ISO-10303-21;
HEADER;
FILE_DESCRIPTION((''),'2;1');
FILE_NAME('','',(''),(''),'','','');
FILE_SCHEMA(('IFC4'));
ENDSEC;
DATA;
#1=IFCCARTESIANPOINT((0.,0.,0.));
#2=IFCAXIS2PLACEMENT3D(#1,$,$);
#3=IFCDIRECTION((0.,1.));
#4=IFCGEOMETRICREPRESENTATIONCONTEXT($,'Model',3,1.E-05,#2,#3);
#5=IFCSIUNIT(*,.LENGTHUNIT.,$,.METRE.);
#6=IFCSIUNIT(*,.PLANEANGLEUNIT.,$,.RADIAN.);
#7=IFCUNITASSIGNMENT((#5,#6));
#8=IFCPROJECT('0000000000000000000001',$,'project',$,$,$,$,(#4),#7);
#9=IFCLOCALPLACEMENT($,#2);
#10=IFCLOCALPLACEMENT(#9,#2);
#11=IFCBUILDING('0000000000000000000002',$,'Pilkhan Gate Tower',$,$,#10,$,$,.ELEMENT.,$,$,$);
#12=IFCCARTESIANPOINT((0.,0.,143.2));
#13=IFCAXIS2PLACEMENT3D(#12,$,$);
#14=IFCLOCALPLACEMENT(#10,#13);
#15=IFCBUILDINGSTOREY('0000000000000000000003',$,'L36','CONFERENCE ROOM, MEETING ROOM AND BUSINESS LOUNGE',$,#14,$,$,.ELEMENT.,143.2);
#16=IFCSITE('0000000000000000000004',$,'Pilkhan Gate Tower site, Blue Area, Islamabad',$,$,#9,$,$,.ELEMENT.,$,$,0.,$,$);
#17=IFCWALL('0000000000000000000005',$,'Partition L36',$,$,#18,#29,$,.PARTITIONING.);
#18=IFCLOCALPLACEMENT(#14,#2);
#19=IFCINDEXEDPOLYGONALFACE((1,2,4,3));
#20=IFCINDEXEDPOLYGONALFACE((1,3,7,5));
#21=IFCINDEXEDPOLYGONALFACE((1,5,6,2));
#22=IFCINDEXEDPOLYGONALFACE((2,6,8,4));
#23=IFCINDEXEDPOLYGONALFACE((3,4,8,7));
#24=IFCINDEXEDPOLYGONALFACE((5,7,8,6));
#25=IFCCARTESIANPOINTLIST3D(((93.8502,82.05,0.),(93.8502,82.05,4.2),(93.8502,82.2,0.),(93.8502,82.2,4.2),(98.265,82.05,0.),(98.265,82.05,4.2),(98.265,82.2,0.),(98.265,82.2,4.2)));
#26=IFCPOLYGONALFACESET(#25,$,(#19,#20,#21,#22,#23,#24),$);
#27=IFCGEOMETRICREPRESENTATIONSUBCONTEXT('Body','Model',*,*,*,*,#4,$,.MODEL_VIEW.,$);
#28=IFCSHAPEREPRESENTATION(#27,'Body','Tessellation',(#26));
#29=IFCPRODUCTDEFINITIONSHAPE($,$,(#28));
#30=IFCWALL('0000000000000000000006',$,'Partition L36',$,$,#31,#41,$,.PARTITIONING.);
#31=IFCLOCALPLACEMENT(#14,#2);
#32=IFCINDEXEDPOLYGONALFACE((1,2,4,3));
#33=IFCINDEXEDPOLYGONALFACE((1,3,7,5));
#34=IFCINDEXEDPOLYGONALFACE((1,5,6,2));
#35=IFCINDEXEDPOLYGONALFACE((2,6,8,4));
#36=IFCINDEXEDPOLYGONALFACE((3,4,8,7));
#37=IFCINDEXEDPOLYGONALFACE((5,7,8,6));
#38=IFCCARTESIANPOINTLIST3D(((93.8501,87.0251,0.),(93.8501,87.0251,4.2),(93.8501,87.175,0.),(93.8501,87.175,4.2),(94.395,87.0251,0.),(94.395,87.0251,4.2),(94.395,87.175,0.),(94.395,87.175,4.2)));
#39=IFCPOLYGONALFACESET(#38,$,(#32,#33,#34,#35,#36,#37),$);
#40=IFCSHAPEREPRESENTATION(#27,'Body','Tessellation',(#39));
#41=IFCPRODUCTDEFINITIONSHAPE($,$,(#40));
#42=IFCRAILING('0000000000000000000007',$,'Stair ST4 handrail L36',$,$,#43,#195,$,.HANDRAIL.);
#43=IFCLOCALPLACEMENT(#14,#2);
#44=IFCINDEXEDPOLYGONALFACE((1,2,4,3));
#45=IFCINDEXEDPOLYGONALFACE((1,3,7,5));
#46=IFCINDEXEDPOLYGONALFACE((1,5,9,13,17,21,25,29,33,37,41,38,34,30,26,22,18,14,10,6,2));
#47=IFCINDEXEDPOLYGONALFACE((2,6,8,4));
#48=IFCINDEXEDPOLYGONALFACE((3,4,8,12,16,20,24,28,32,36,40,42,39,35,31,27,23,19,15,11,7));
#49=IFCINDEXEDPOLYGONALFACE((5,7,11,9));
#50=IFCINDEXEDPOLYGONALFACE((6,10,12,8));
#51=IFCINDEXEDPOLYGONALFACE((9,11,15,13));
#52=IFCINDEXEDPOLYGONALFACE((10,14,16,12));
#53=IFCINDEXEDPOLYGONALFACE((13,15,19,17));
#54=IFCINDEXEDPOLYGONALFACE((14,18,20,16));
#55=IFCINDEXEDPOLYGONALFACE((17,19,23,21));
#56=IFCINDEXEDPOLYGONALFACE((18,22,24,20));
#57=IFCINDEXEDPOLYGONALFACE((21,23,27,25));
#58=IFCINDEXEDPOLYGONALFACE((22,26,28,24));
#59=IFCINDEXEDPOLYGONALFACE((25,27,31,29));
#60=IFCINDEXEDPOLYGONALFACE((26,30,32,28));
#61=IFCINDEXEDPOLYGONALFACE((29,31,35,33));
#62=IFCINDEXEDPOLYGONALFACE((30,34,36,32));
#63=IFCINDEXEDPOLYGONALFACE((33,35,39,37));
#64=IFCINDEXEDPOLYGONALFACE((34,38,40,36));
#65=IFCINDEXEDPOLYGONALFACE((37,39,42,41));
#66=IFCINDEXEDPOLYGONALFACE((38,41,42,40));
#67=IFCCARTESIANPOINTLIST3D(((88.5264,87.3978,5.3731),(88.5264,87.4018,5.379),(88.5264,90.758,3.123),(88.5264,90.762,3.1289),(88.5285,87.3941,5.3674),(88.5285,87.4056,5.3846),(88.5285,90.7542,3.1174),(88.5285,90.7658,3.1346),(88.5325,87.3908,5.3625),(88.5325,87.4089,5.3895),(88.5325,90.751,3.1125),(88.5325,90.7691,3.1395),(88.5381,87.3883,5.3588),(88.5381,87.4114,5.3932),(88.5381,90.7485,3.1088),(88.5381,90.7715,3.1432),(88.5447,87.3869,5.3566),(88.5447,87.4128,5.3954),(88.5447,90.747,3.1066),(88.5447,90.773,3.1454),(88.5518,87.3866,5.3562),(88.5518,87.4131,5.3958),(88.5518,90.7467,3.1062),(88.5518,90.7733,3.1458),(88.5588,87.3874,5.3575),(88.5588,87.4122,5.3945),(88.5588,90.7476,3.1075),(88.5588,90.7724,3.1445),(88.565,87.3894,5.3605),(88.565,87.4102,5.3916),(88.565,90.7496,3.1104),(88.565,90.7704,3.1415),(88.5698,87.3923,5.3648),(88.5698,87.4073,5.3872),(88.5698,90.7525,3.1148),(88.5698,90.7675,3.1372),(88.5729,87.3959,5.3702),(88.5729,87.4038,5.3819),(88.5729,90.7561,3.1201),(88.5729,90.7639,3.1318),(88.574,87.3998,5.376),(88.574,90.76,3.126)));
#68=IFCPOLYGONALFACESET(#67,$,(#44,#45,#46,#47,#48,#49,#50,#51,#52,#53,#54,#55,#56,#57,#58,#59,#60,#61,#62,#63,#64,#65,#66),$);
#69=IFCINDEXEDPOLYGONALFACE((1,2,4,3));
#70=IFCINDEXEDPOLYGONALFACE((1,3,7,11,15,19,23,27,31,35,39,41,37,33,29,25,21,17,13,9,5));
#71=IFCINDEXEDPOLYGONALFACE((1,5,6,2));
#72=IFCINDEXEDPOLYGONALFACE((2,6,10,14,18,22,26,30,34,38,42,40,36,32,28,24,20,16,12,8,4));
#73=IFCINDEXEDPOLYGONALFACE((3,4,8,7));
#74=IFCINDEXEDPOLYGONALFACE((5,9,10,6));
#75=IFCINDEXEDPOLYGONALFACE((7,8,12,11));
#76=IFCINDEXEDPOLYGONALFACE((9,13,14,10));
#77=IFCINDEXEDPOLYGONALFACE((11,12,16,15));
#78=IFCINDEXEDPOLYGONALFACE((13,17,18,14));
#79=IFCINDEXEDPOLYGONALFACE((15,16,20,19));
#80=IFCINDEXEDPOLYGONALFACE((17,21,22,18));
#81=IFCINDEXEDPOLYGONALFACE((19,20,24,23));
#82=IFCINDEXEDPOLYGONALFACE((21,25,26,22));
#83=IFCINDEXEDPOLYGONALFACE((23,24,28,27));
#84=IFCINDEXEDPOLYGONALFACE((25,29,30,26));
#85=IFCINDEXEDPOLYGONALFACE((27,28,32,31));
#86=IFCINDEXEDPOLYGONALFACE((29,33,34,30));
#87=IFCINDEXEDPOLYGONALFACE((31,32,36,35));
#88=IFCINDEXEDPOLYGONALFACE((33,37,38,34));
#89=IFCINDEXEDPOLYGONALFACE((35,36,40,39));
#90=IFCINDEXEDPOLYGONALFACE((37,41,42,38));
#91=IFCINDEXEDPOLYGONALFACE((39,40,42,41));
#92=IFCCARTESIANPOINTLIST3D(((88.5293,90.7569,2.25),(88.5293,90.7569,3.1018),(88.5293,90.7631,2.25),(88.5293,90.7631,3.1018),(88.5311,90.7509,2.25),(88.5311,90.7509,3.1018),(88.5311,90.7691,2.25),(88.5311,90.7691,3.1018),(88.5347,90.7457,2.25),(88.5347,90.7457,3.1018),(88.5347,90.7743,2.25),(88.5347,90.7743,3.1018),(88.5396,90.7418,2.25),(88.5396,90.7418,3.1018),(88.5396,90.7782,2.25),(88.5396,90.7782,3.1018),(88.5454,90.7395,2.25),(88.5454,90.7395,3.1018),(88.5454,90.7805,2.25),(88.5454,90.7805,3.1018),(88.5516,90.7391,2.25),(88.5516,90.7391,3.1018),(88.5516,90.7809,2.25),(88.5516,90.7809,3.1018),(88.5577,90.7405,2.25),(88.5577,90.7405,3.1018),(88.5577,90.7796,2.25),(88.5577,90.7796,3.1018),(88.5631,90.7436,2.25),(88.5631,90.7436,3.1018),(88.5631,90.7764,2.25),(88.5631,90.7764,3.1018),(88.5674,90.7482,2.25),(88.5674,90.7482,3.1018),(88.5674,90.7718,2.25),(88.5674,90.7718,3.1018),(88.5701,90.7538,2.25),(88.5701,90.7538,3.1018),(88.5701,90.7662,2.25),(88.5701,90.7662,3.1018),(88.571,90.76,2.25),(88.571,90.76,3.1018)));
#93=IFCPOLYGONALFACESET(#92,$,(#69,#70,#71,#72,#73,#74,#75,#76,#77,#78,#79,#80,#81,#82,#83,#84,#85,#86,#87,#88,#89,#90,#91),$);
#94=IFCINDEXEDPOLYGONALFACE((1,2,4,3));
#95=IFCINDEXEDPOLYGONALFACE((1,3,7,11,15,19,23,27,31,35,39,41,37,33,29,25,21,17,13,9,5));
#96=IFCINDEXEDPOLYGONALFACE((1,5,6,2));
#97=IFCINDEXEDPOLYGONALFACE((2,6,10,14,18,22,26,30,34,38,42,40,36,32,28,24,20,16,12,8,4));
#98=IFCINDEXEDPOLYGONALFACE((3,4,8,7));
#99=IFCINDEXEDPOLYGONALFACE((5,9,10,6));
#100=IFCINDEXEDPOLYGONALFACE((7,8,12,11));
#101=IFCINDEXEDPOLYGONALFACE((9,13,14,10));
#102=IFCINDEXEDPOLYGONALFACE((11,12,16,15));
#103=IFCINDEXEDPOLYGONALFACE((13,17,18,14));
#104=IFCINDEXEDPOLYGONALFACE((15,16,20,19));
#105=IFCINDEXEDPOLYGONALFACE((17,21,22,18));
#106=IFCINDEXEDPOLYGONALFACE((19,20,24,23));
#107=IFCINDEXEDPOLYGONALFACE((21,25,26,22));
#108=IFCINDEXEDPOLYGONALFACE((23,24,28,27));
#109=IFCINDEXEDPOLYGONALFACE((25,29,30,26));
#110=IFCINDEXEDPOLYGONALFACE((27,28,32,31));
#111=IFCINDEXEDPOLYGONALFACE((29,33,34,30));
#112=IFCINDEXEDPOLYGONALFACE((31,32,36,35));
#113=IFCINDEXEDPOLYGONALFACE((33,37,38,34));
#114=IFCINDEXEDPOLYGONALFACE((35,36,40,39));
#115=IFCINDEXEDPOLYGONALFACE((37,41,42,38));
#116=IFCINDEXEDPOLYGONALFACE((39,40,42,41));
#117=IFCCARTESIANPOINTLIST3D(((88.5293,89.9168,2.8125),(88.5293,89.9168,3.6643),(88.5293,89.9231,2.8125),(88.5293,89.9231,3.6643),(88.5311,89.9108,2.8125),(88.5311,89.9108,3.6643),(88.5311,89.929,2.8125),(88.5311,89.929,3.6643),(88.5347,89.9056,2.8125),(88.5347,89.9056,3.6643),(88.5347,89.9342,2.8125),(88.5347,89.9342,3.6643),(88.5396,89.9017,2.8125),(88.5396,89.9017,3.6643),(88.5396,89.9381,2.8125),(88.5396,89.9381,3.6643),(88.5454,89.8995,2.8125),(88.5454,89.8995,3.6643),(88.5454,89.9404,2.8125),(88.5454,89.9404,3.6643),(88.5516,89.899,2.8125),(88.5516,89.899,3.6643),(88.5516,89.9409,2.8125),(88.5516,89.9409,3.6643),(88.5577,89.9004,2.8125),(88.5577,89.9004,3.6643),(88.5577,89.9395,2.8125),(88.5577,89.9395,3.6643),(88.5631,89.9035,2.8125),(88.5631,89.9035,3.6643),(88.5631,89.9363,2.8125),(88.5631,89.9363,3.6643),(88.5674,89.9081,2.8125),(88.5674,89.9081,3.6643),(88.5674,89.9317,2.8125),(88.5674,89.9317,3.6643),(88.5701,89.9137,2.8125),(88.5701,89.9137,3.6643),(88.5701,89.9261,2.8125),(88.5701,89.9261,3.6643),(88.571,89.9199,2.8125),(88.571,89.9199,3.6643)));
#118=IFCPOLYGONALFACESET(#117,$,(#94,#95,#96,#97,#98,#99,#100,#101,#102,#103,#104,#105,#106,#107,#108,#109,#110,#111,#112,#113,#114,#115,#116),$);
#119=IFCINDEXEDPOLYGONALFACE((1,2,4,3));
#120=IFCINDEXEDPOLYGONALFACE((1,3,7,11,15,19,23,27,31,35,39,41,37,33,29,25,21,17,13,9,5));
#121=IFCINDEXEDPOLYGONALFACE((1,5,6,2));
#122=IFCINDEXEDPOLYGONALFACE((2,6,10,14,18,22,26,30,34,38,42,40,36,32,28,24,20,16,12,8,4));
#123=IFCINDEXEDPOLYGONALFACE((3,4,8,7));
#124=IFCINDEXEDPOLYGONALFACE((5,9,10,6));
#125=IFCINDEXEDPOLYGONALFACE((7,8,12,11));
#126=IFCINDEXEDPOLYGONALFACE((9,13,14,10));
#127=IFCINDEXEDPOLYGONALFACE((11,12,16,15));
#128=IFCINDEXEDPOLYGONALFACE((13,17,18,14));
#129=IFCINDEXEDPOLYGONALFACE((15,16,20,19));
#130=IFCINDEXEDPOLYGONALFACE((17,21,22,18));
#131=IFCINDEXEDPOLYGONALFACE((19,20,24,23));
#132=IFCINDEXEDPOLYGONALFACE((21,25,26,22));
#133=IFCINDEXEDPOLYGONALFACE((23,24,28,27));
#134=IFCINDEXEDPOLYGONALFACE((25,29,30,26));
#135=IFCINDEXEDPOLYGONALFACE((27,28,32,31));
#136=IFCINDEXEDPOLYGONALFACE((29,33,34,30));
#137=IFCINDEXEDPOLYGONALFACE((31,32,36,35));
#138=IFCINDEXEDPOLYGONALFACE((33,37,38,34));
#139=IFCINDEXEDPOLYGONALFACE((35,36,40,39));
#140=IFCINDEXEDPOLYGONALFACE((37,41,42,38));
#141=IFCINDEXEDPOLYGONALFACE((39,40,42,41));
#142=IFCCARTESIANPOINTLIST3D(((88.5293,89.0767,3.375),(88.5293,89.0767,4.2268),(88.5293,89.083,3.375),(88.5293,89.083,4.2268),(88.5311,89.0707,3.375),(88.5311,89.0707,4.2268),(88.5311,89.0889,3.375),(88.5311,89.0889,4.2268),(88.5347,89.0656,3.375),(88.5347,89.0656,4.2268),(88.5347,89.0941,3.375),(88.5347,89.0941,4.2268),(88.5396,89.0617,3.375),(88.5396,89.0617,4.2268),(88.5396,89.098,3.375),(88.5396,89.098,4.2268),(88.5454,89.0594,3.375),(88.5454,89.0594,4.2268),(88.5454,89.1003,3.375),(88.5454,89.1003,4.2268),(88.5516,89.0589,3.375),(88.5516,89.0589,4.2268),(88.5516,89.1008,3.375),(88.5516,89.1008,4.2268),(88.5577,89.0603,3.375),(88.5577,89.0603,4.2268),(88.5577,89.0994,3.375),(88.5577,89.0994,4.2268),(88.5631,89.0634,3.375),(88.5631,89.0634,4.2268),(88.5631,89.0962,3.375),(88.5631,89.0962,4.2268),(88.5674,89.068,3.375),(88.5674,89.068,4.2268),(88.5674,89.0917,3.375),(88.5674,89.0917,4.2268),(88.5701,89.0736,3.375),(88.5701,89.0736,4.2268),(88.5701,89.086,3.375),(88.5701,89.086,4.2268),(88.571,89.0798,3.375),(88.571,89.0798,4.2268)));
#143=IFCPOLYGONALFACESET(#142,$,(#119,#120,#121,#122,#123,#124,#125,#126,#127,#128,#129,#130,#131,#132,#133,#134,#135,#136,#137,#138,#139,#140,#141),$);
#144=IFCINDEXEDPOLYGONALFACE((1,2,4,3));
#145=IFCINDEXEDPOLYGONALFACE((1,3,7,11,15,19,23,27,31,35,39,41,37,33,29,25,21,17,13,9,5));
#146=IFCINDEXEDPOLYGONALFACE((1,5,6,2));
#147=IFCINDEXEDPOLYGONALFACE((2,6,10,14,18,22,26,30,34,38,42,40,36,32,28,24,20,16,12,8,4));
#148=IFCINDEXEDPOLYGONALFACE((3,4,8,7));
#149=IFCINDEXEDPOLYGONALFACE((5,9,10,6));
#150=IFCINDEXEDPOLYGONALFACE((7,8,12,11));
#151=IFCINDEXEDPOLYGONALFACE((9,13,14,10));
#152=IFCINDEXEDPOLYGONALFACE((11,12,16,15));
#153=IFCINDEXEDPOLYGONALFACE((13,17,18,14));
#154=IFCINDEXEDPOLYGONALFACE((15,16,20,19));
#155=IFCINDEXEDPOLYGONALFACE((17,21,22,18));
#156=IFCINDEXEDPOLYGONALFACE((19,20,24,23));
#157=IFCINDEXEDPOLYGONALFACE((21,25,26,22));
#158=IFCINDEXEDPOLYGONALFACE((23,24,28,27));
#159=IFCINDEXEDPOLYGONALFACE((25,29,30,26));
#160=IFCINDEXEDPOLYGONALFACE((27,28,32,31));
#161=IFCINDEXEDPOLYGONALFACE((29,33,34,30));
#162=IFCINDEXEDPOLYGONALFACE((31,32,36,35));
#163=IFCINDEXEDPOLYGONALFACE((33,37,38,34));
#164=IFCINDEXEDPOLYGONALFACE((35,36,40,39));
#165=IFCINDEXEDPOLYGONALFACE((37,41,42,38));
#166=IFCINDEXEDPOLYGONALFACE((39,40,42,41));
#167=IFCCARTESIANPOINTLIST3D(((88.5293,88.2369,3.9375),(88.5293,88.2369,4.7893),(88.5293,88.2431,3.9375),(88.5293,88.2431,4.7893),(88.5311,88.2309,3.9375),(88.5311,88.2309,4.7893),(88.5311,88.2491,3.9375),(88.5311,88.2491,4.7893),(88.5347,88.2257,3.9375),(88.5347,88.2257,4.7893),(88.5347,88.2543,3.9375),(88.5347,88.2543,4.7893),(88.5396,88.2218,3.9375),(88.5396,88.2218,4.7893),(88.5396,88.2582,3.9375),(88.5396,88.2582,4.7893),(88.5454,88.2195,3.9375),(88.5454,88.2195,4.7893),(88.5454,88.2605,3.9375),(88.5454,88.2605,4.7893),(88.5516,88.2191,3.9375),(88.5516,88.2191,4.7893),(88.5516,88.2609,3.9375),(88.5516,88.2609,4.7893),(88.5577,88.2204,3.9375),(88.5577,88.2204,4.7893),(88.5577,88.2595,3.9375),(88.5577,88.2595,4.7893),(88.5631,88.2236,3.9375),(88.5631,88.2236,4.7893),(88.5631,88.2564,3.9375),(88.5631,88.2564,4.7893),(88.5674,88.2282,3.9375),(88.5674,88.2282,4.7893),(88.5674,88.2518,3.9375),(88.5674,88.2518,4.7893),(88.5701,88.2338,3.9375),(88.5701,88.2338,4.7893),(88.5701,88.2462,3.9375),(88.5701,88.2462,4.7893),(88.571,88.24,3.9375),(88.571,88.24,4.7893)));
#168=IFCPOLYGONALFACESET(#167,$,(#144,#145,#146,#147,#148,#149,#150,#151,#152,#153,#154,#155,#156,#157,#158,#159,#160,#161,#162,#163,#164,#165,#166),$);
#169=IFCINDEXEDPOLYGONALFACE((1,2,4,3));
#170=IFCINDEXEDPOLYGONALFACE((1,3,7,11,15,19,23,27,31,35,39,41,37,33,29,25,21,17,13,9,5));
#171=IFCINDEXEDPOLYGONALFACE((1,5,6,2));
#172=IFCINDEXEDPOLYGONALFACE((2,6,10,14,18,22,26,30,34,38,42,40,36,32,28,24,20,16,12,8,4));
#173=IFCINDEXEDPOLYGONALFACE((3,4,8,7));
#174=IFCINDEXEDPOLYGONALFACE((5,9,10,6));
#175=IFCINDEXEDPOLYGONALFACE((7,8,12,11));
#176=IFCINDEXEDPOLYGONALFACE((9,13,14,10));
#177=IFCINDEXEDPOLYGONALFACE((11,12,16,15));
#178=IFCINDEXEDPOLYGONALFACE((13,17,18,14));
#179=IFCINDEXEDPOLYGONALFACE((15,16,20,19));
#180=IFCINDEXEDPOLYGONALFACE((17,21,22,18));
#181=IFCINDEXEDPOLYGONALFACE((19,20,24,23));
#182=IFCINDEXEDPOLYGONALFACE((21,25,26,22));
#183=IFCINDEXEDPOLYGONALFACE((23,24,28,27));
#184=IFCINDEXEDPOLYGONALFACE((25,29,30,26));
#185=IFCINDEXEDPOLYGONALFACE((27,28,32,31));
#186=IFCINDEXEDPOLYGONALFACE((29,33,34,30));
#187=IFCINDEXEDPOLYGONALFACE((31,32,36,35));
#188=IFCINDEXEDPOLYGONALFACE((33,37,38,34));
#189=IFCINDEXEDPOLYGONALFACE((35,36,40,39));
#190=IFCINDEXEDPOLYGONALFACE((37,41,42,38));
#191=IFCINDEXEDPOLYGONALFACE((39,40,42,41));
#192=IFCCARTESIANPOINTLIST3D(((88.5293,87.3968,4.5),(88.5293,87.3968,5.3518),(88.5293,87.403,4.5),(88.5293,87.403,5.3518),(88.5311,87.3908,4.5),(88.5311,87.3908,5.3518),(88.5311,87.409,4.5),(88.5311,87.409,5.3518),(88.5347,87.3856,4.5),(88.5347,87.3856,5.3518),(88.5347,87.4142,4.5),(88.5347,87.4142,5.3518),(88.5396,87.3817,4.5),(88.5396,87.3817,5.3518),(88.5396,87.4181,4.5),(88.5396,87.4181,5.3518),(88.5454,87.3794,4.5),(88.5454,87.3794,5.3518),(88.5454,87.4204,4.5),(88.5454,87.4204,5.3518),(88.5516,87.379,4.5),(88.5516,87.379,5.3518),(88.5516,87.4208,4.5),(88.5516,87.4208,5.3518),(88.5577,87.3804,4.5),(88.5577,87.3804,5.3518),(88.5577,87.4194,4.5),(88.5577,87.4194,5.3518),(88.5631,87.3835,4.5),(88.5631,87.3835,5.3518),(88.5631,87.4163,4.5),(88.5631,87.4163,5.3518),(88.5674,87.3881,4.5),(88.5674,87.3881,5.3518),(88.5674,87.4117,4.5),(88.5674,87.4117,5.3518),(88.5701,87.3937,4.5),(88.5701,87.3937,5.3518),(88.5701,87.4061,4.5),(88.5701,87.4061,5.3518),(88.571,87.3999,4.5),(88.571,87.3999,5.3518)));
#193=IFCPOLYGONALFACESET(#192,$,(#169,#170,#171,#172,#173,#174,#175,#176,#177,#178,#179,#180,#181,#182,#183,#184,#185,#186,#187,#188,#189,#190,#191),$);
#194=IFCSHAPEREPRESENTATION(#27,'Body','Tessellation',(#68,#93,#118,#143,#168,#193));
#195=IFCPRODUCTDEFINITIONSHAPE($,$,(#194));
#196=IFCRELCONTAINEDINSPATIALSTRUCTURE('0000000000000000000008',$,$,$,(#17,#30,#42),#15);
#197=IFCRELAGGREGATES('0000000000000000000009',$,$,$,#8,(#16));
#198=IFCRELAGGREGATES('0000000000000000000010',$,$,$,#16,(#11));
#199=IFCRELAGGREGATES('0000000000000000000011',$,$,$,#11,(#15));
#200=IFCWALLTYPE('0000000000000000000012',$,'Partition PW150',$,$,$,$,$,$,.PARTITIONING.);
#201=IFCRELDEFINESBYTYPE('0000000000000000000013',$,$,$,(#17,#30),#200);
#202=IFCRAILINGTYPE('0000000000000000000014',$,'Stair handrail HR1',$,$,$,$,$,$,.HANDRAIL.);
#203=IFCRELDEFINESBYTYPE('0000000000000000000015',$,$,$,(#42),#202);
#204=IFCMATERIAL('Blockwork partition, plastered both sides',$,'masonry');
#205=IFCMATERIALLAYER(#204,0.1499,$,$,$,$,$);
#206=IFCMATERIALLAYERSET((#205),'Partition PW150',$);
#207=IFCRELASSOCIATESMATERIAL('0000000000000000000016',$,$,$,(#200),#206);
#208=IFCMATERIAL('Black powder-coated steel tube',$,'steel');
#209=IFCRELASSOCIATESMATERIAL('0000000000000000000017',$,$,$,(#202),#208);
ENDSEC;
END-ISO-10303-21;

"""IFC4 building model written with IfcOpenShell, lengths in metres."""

from ifc_helpers import new_model, si_unit, direction, frame, frame_2d, origin, origin_2d, place, context, subcontext, project, spatial, rectangle, circle, extrude, material, layer, layer_set, type_object, element, save


model = new_model("IFC4")

# Units and contexts
model_context = context("Model", 3, precision=1e-05, world=origin(), true_north=direction((0.0, 1.0)))
body_context = subcontext(model_context, "Body", "Model", "MODEL_VIEW")
ifc_project = project(units=[si_unit("LENGTHUNIT", "METRE"), si_unit("PLANEANGLEUNIT", "RADIAN")], contexts=[model_context])

# Site, building, storey
site_placement = place(None, origin())
site = spatial("IfcSite", under=ifc_project, at=site_placement, Name="Pilkhan Gate Tower site, Blue Area, Islamabad", CompositionType="ELEMENT", RefElevation=0.0)
building_placement = place(site_placement, origin())
building = spatial("IfcBuilding", under=site, at=building_placement, Name="Pilkhan Gate Tower", CompositionType="ELEMENT")
storey_placement = place(building_placement, frame((0.0, 0.0, 143.2)))
storey = spatial("IfcBuildingStorey", under=building, at=storey_placement, Name="L36", Description="CONFERENCE ROOM, MEETING ROOM AND BUSINESS LOUNGE", CompositionType="ELEMENT", Elevation=143.2)

# Walls
ifc_material_1 = material(Name="Blockwork partition, plastered both sides", Category="masonry")
ifc_layer_1 = layer(ifc_material_1, 0.1499)
ifc_layer_set_1 = layer_set([ifc_layer_1], Name="Partition PW150")
wall_type_1 = type_object("IfcWallType", Name="Partition PW150", PredefinedType="PARTITIONING", material=ifc_layer_set_1)
for number, where, z_axis, x_axis, name in (
    (1, (93.8501, 82.125, 0.0), (0.0, 0.0, 1.0), (1.0, 0.0, 0.0), "Partition L36"),
):
    element("IfcWall", number, at=place(storey_placement, frame(where, z_axis=z_axis, x_axis=x_axis)), inside=storey, type_object=wall_type_1, Name=name, PredefinedType="PARTITIONING", context=body_context, shape_type="SweptSolid", body=[
        extrude(rectangle(XDim=4.4148, YDim=0.1499, at=frame_2d((2.2075, 0.0))), origin(), (0.0, 0.0, 1.0), 4.2),
    ])
wall_1_placement = place(storey_placement, frame((93.8501, 87.1001, 0.0), z_axis=(0.0, 0.0, 1.0), x_axis=(1.0, 0.0, 0.0)))
element("IfcWall", 2, at=wall_1_placement, inside=storey, type_object=wall_type_1, Name="Partition L36", PredefinedType="PARTITIONING", context=body_context, shape_type="SweptSolid", body=[
    extrude(rectangle(XDim=0.5449, YDim=0.1499, at=frame_2d((0.2725, 0.0))), origin(), (0.0, 0.0, 1.0), 4.2),
])

# Railing
ifc_material_2 = material(Name="Black powder-coated steel tube", Category="steel")
railing_type_1 = type_object("IfcRailingType", Name="Stair handrail HR1", PredefinedType="HANDRAIL", material=ifc_material_2)
railing_placement = place(storey_placement, frame((88.55, 90.76, 2.25)))
element("IfcRailing", 3, at=railing_placement, inside=storey, type_object=railing_type_1, Name="Stair ST4 handrail L36", PredefinedType="HANDRAIL", context=body_context, shape_type="SweptSolid", body=[
    extrude(circle(Radius=0.0239, at=origin_2d()), frame((0.0, 0.0, 0.876), z_axis=(0.0, -0.830915, 0.556399), x_axis=(1.0, 0.0, 0.0)), (0.0, 0.0, 1.0), 4.0439),
    extrude(circle(Radius=0.021, at=origin_2d()), origin(), (0.0, 0.0, 1.0), 0.8518),
    extrude(circle(Radius=0.021, at=origin_2d()), frame((0.0, -0.8401, 0.5625)), (0.0, 0.0, 1.0), 0.8518),
    extrude(circle(Radius=0.021, at=origin_2d()), frame((0.0, -1.6802, 1.125)), (0.0, 0.0, 1.0), 0.8518),
    extrude(circle(Radius=0.021, at=origin_2d()), frame((0.0, -2.52, 1.6875)), (0.0, 0.0, 1.0), 0.8518),
    extrude(circle(Radius=0.021, at=origin_2d()), frame((0.0, -3.3601, 2.25)), (0.0, 0.0, 1.0), 0.8518),
])

save(model, "model.ifc")
